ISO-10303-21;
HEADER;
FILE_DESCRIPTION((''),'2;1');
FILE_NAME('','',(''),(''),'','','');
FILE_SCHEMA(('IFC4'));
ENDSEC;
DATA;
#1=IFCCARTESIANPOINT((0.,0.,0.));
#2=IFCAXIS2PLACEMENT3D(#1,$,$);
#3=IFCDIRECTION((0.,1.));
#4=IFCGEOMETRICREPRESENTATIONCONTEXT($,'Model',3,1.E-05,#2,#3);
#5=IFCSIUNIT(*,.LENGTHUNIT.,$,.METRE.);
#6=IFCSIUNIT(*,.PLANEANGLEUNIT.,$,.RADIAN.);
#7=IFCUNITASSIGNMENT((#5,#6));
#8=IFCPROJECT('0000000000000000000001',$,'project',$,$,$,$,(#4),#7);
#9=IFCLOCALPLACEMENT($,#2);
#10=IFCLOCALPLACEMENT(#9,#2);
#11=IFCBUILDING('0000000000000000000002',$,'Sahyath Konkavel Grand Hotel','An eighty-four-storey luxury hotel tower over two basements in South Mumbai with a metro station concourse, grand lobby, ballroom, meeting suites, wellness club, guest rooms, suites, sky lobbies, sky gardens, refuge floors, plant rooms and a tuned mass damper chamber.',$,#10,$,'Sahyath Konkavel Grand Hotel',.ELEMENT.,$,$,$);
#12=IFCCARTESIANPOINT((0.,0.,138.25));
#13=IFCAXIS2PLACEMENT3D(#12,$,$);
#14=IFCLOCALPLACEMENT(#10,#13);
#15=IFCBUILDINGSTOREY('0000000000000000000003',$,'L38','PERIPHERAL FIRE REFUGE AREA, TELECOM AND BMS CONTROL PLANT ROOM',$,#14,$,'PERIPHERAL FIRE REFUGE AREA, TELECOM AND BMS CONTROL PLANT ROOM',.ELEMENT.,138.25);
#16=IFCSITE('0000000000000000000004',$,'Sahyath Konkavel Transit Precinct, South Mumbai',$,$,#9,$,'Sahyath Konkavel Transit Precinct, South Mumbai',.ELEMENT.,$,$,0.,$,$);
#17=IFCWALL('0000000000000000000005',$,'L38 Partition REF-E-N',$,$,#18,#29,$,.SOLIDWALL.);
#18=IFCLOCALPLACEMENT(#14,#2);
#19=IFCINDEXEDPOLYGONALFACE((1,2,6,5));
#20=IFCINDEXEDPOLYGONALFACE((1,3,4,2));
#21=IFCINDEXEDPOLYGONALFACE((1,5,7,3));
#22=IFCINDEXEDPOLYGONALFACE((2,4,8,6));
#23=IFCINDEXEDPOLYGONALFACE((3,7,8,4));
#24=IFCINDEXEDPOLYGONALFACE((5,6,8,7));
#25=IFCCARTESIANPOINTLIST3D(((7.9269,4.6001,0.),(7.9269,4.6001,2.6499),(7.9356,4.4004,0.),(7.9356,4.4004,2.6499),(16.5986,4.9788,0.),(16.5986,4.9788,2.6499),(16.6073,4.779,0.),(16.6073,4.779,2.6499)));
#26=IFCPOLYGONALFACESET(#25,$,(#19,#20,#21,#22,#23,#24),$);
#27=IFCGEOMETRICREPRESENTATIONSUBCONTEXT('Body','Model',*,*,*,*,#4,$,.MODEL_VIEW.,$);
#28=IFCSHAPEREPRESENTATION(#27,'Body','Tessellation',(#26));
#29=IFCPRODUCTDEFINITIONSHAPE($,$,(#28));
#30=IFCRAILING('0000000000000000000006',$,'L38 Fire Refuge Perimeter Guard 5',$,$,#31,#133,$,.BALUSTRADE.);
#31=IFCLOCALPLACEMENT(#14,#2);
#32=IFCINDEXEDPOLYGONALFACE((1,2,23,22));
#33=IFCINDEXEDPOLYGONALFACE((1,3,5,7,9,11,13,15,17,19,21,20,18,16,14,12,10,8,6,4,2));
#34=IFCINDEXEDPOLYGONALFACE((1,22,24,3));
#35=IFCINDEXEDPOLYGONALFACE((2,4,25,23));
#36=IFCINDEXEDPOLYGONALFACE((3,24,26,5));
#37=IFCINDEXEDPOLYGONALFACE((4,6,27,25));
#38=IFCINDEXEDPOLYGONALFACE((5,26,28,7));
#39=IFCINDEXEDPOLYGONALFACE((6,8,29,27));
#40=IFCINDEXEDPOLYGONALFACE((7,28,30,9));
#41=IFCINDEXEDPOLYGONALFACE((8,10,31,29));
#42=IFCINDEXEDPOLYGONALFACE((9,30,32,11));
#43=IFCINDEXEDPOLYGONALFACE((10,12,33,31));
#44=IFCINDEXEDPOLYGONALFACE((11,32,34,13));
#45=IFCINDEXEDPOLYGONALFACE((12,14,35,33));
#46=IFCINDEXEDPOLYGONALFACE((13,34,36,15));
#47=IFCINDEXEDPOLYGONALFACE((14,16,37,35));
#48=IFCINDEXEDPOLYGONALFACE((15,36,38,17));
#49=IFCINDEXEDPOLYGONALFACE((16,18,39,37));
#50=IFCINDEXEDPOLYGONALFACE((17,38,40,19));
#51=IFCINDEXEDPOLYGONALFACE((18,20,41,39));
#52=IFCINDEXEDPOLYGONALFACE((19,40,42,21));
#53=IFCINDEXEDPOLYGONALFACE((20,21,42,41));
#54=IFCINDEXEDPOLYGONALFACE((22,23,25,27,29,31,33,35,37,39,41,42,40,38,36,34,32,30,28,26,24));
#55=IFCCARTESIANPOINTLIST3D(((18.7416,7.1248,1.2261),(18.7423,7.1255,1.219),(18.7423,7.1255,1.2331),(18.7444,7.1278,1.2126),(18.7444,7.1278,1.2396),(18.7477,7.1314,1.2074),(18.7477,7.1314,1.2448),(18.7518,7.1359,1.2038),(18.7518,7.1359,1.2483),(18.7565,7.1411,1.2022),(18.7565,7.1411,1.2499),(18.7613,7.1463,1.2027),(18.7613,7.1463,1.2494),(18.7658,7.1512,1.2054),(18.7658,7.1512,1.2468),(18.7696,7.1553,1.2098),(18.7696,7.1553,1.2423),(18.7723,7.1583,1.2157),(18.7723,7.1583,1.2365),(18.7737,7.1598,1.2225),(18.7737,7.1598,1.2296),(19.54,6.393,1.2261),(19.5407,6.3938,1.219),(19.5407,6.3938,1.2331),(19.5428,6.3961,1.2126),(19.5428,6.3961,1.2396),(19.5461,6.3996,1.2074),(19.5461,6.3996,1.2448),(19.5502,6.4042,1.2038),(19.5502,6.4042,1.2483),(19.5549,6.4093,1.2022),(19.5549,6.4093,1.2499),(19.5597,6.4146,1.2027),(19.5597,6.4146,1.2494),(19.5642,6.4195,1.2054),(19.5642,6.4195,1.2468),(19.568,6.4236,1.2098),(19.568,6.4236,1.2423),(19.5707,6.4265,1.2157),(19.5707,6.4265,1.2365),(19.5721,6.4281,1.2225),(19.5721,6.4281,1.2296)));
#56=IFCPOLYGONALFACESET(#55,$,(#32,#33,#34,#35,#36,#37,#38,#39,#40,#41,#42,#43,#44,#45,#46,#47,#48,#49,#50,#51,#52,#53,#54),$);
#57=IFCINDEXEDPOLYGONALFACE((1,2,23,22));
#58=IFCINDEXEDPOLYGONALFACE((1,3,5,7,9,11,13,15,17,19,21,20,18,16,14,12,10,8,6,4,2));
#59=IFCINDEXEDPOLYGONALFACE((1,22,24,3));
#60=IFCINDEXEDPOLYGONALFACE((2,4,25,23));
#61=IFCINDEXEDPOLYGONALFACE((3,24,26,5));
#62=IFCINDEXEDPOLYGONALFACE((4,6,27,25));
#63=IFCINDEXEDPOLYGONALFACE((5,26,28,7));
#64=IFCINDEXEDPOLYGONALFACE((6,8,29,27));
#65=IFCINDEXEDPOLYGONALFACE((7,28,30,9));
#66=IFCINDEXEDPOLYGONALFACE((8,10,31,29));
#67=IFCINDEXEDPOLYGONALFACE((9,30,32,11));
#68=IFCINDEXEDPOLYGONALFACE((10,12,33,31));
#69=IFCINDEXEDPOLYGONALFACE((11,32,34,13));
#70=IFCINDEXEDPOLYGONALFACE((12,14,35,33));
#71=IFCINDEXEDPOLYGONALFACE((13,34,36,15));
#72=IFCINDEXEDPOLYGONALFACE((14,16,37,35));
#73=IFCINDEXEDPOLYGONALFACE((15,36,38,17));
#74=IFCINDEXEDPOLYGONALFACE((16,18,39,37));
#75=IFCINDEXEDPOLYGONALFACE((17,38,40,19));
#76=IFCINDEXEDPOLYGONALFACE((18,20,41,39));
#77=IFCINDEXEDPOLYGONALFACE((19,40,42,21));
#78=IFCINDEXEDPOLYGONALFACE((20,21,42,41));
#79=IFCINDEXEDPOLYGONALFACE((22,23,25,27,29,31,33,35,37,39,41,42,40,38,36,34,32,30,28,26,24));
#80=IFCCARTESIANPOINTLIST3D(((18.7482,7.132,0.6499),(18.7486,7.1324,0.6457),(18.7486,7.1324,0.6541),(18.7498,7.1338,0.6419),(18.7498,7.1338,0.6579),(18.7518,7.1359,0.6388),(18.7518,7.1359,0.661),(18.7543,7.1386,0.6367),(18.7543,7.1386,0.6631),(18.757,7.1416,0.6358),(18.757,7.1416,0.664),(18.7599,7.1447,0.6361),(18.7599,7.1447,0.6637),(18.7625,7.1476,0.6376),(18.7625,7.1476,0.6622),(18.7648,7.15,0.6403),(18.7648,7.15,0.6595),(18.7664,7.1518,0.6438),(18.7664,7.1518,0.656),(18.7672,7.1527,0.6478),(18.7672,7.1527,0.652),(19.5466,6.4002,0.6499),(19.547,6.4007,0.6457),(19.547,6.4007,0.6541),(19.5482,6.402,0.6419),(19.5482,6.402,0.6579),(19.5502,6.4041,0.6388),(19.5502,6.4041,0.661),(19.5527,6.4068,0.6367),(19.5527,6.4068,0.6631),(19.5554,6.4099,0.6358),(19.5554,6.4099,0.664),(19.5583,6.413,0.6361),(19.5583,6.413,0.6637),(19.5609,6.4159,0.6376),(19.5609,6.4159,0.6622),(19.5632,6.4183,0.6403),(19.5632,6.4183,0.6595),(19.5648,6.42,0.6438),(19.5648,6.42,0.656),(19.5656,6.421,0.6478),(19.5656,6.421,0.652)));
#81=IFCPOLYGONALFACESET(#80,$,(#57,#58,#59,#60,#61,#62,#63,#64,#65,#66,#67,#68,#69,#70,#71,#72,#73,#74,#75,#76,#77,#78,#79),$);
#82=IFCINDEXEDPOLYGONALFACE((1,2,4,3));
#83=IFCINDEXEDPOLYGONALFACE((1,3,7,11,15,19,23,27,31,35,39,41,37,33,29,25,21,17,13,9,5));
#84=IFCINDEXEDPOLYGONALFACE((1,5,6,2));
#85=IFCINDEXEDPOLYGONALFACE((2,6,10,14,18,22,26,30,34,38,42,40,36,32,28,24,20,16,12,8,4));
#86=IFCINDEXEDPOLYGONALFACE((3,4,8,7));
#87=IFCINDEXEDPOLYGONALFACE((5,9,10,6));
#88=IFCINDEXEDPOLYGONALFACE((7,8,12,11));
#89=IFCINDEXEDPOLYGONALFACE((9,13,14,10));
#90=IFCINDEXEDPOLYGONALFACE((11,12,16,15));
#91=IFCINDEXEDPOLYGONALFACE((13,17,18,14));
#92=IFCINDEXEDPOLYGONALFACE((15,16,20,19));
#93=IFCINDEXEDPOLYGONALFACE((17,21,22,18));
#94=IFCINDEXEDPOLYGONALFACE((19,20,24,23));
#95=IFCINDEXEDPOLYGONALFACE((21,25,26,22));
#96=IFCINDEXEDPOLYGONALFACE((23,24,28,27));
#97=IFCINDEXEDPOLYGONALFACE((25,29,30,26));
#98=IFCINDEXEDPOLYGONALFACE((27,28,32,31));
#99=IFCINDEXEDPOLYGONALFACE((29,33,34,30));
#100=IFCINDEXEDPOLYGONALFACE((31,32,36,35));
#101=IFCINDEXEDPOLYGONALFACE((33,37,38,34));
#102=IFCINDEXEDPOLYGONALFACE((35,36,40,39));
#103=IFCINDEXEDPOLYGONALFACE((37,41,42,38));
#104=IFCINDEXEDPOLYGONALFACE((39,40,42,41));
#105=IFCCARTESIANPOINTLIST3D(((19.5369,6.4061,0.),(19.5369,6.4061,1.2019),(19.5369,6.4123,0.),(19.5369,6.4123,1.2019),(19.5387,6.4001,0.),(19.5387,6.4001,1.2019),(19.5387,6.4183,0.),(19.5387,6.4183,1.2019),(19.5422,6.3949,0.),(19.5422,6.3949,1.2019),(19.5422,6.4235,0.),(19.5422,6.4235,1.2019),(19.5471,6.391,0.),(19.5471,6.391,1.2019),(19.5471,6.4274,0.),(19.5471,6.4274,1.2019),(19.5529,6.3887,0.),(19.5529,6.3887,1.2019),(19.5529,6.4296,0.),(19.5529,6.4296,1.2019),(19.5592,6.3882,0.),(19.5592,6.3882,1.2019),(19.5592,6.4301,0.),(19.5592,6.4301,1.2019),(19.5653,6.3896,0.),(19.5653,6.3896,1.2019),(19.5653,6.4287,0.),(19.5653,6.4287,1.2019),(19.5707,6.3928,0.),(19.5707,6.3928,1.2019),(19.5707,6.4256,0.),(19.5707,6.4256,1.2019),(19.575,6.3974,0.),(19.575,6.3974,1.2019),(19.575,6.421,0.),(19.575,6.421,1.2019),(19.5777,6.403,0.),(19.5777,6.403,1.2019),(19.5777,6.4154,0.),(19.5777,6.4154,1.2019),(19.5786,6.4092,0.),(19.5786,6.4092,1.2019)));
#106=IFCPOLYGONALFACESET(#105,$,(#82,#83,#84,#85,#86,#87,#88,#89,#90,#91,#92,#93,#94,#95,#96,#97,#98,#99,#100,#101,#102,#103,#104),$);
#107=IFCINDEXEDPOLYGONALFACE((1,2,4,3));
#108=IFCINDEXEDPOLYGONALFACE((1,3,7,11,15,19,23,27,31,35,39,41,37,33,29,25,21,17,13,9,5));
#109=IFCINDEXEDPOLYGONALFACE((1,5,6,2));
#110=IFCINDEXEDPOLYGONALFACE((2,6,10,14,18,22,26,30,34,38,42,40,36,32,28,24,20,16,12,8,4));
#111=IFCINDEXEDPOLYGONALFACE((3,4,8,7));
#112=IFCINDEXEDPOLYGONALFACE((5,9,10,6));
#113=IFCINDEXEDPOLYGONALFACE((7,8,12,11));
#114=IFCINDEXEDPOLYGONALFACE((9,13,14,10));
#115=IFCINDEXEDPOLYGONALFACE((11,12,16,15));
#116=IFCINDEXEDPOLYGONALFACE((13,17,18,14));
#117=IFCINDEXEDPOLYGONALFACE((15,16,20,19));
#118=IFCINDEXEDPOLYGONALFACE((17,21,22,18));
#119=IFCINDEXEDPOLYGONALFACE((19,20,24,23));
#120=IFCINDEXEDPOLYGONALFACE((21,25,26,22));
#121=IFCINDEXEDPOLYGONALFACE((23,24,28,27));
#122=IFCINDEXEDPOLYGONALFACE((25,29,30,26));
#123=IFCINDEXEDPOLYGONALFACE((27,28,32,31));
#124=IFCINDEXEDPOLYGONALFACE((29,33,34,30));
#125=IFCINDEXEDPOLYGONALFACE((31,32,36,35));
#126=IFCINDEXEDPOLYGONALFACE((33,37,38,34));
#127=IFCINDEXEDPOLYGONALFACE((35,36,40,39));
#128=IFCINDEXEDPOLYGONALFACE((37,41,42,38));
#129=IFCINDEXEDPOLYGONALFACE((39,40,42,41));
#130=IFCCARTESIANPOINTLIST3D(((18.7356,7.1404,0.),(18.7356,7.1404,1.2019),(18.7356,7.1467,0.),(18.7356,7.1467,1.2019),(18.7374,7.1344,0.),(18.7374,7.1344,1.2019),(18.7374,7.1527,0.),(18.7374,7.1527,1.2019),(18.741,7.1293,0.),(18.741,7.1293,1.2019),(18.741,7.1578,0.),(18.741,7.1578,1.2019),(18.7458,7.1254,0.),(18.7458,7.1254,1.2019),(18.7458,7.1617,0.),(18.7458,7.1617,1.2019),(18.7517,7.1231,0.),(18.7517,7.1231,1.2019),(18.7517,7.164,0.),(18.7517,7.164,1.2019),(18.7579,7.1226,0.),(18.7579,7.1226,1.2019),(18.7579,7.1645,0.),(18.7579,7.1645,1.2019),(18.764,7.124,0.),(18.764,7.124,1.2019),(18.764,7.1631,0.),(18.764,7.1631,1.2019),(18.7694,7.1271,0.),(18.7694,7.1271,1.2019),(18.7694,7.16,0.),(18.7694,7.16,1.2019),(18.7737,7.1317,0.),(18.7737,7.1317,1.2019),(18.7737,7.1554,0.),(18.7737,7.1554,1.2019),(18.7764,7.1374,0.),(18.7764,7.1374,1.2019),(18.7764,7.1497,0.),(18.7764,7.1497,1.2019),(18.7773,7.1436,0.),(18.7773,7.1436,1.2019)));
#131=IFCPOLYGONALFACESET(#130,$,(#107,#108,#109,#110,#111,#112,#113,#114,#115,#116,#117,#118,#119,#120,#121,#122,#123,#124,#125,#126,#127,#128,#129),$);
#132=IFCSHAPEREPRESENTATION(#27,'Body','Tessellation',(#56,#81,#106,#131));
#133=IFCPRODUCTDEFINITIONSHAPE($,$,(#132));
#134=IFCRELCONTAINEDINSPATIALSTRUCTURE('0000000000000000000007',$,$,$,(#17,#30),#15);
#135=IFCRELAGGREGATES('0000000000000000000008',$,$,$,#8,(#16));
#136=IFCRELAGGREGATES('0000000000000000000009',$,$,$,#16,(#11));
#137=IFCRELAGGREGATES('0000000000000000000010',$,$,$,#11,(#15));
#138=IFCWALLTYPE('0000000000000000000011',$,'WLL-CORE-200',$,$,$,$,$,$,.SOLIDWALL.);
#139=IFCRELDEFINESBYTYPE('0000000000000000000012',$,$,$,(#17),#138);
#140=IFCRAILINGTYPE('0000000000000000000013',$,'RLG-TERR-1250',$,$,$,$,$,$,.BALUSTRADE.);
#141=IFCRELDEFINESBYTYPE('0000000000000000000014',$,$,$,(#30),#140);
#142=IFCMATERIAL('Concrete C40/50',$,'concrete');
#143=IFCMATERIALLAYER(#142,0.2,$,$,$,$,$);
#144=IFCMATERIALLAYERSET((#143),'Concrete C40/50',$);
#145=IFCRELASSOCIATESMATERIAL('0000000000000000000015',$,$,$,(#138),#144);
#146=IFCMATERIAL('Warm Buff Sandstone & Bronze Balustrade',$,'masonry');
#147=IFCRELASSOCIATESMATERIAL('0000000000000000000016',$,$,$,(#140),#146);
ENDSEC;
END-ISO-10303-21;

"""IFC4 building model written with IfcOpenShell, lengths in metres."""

from ifc_helpers import new_model, si_unit, direction, frame, frame_2d, origin, origin_2d, place, context, subcontext, project, spatial, rectangle, circle, extrude, material, layer, layer_set, type_object, element, save


model = new_model("IFC4")

# Units and contexts
model_context = context("Model", 3, precision=1e-05, world=origin(), true_north=direction((0.0, 1.0)))
body_context = subcontext(model_context, "Body", "Model", "MODEL_VIEW")
ifc_project = project(units=[si_unit("LENGTHUNIT", "METRE"), si_unit("PLANEANGLEUNIT", "RADIAN")], contexts=[model_context])

# Site, building, storey
site_placement = place(None, origin())
site = spatial("IfcSite", under=ifc_project, at=site_placement, Name="Sahyath Konkavel Transit Precinct, South Mumbai", LongName="Sahyath Konkavel Transit Precinct, South Mumbai", CompositionType="ELEMENT", RefElevation=0.0)
building_placement = place(site_placement, origin())
building = spatial("IfcBuilding", under=site, at=building_placement, Name="Sahyath Konkavel Grand Hotel", Description="An eighty-four-storey luxury hotel tower over two basements in South Mumbai with a metro station concourse, grand lobby, ballroom, meeting suites, wellness club, guest rooms, suites, sky lobbies, sky gardens, refuge floors, plant rooms and a tuned mass damper chamber.", LongName="Sahyath Konkavel Grand Hotel", CompositionType="ELEMENT")
storey_placement = place(building_placement, frame((0.0, 0.0, 138.25)))
storey = spatial("IfcBuildingStorey", under=building, at=storey_placement, Name="L38", Description="PERIPHERAL FIRE REFUGE AREA, TELECOM AND BMS CONTROL PLANT ROOM", LongName="PERIPHERAL FIRE REFUGE AREA, TELECOM AND BMS CONTROL PLANT ROOM", CompositionType="ELEMENT", Elevation=138.25)

# Wall
ifc_material_1 = material(Name="Concrete C40/50", Category="concrete")
ifc_layer = layer(ifc_material_1, 0.2)
ifc_layer_set = layer_set([ifc_layer], Name="Concrete C40/50")
wall_type = type_object("IfcWallType", Name="WLL-CORE-200", PredefinedType="SOLIDWALL", material=ifc_layer_set)
wall_1_placement = place(storey_placement, frame((7.9314, 4.5002, 0.0), z_axis=(0.0, 0.0, 1.0), x_axis=(0.999048, 0.043625, 0.0)))
element("IfcWall", 1, at=wall_1_placement, inside=storey, type_object=wall_type, Name="L38 Partition REF-E-N", PredefinedType="SOLIDWALL", context=body_context, shape_type="SweptSolid", body=[
    extrude(rectangle(XDim=8.6799, YDim=0.2, at=frame_2d((4.3398, 0.0))), origin(), (0.0, 0.0, 1.0), 2.6499),
])

# Railing
ifc_material_2 = material(Name="Warm Buff Sandstone & Bronze Balustrade", Category="masonry")
railing_type = type_object("IfcRailingType", Name="RLG-TERR-1250", PredefinedType="BALUSTRADE", material=ifc_material_2)
railing_1_placement = place(storey_placement, frame((19.5576, 6.4092, 0.0)))
element("IfcRailing", 2, at=railing_1_placement, inside=storey, type_object=railing_type, Name="L38 Fire Refuge Perimeter Guard 5", PredefinedType="BALUSTRADE", context=body_context, shape_type="SweptSolid", body=[
    extrude(circle(Radius=0.0239, at=origin_2d()), frame((-0.0015, 0.0015, 1.2261), z_axis=(-0.73721, 0.675664, 0.0), x_axis=(-0.675664, -0.73721, 0.0)), (0.0, 0.0, 1.0), 1.083),
    extrude(circle(Radius=0.0142, at=origin_2d()), frame((-0.0015, 0.0015, 0.6499), z_axis=(-0.73721, 0.675664, 0.0), x_axis=(-0.675664, -0.73721, 0.0)), (0.0, 0.0, 1.0), 1.083),
    extrude(circle(Radius=0.021, at=origin_2d()), origin(), (0.0, 0.0, 1.0), 1.2019),
    extrude(circle(Radius=0.021, at=origin_2d()), frame((-0.8013, 0.7344, 0.0)), (0.0, 0.0, 1.0), 1.2019),
])

save(model, "model.ifc")
